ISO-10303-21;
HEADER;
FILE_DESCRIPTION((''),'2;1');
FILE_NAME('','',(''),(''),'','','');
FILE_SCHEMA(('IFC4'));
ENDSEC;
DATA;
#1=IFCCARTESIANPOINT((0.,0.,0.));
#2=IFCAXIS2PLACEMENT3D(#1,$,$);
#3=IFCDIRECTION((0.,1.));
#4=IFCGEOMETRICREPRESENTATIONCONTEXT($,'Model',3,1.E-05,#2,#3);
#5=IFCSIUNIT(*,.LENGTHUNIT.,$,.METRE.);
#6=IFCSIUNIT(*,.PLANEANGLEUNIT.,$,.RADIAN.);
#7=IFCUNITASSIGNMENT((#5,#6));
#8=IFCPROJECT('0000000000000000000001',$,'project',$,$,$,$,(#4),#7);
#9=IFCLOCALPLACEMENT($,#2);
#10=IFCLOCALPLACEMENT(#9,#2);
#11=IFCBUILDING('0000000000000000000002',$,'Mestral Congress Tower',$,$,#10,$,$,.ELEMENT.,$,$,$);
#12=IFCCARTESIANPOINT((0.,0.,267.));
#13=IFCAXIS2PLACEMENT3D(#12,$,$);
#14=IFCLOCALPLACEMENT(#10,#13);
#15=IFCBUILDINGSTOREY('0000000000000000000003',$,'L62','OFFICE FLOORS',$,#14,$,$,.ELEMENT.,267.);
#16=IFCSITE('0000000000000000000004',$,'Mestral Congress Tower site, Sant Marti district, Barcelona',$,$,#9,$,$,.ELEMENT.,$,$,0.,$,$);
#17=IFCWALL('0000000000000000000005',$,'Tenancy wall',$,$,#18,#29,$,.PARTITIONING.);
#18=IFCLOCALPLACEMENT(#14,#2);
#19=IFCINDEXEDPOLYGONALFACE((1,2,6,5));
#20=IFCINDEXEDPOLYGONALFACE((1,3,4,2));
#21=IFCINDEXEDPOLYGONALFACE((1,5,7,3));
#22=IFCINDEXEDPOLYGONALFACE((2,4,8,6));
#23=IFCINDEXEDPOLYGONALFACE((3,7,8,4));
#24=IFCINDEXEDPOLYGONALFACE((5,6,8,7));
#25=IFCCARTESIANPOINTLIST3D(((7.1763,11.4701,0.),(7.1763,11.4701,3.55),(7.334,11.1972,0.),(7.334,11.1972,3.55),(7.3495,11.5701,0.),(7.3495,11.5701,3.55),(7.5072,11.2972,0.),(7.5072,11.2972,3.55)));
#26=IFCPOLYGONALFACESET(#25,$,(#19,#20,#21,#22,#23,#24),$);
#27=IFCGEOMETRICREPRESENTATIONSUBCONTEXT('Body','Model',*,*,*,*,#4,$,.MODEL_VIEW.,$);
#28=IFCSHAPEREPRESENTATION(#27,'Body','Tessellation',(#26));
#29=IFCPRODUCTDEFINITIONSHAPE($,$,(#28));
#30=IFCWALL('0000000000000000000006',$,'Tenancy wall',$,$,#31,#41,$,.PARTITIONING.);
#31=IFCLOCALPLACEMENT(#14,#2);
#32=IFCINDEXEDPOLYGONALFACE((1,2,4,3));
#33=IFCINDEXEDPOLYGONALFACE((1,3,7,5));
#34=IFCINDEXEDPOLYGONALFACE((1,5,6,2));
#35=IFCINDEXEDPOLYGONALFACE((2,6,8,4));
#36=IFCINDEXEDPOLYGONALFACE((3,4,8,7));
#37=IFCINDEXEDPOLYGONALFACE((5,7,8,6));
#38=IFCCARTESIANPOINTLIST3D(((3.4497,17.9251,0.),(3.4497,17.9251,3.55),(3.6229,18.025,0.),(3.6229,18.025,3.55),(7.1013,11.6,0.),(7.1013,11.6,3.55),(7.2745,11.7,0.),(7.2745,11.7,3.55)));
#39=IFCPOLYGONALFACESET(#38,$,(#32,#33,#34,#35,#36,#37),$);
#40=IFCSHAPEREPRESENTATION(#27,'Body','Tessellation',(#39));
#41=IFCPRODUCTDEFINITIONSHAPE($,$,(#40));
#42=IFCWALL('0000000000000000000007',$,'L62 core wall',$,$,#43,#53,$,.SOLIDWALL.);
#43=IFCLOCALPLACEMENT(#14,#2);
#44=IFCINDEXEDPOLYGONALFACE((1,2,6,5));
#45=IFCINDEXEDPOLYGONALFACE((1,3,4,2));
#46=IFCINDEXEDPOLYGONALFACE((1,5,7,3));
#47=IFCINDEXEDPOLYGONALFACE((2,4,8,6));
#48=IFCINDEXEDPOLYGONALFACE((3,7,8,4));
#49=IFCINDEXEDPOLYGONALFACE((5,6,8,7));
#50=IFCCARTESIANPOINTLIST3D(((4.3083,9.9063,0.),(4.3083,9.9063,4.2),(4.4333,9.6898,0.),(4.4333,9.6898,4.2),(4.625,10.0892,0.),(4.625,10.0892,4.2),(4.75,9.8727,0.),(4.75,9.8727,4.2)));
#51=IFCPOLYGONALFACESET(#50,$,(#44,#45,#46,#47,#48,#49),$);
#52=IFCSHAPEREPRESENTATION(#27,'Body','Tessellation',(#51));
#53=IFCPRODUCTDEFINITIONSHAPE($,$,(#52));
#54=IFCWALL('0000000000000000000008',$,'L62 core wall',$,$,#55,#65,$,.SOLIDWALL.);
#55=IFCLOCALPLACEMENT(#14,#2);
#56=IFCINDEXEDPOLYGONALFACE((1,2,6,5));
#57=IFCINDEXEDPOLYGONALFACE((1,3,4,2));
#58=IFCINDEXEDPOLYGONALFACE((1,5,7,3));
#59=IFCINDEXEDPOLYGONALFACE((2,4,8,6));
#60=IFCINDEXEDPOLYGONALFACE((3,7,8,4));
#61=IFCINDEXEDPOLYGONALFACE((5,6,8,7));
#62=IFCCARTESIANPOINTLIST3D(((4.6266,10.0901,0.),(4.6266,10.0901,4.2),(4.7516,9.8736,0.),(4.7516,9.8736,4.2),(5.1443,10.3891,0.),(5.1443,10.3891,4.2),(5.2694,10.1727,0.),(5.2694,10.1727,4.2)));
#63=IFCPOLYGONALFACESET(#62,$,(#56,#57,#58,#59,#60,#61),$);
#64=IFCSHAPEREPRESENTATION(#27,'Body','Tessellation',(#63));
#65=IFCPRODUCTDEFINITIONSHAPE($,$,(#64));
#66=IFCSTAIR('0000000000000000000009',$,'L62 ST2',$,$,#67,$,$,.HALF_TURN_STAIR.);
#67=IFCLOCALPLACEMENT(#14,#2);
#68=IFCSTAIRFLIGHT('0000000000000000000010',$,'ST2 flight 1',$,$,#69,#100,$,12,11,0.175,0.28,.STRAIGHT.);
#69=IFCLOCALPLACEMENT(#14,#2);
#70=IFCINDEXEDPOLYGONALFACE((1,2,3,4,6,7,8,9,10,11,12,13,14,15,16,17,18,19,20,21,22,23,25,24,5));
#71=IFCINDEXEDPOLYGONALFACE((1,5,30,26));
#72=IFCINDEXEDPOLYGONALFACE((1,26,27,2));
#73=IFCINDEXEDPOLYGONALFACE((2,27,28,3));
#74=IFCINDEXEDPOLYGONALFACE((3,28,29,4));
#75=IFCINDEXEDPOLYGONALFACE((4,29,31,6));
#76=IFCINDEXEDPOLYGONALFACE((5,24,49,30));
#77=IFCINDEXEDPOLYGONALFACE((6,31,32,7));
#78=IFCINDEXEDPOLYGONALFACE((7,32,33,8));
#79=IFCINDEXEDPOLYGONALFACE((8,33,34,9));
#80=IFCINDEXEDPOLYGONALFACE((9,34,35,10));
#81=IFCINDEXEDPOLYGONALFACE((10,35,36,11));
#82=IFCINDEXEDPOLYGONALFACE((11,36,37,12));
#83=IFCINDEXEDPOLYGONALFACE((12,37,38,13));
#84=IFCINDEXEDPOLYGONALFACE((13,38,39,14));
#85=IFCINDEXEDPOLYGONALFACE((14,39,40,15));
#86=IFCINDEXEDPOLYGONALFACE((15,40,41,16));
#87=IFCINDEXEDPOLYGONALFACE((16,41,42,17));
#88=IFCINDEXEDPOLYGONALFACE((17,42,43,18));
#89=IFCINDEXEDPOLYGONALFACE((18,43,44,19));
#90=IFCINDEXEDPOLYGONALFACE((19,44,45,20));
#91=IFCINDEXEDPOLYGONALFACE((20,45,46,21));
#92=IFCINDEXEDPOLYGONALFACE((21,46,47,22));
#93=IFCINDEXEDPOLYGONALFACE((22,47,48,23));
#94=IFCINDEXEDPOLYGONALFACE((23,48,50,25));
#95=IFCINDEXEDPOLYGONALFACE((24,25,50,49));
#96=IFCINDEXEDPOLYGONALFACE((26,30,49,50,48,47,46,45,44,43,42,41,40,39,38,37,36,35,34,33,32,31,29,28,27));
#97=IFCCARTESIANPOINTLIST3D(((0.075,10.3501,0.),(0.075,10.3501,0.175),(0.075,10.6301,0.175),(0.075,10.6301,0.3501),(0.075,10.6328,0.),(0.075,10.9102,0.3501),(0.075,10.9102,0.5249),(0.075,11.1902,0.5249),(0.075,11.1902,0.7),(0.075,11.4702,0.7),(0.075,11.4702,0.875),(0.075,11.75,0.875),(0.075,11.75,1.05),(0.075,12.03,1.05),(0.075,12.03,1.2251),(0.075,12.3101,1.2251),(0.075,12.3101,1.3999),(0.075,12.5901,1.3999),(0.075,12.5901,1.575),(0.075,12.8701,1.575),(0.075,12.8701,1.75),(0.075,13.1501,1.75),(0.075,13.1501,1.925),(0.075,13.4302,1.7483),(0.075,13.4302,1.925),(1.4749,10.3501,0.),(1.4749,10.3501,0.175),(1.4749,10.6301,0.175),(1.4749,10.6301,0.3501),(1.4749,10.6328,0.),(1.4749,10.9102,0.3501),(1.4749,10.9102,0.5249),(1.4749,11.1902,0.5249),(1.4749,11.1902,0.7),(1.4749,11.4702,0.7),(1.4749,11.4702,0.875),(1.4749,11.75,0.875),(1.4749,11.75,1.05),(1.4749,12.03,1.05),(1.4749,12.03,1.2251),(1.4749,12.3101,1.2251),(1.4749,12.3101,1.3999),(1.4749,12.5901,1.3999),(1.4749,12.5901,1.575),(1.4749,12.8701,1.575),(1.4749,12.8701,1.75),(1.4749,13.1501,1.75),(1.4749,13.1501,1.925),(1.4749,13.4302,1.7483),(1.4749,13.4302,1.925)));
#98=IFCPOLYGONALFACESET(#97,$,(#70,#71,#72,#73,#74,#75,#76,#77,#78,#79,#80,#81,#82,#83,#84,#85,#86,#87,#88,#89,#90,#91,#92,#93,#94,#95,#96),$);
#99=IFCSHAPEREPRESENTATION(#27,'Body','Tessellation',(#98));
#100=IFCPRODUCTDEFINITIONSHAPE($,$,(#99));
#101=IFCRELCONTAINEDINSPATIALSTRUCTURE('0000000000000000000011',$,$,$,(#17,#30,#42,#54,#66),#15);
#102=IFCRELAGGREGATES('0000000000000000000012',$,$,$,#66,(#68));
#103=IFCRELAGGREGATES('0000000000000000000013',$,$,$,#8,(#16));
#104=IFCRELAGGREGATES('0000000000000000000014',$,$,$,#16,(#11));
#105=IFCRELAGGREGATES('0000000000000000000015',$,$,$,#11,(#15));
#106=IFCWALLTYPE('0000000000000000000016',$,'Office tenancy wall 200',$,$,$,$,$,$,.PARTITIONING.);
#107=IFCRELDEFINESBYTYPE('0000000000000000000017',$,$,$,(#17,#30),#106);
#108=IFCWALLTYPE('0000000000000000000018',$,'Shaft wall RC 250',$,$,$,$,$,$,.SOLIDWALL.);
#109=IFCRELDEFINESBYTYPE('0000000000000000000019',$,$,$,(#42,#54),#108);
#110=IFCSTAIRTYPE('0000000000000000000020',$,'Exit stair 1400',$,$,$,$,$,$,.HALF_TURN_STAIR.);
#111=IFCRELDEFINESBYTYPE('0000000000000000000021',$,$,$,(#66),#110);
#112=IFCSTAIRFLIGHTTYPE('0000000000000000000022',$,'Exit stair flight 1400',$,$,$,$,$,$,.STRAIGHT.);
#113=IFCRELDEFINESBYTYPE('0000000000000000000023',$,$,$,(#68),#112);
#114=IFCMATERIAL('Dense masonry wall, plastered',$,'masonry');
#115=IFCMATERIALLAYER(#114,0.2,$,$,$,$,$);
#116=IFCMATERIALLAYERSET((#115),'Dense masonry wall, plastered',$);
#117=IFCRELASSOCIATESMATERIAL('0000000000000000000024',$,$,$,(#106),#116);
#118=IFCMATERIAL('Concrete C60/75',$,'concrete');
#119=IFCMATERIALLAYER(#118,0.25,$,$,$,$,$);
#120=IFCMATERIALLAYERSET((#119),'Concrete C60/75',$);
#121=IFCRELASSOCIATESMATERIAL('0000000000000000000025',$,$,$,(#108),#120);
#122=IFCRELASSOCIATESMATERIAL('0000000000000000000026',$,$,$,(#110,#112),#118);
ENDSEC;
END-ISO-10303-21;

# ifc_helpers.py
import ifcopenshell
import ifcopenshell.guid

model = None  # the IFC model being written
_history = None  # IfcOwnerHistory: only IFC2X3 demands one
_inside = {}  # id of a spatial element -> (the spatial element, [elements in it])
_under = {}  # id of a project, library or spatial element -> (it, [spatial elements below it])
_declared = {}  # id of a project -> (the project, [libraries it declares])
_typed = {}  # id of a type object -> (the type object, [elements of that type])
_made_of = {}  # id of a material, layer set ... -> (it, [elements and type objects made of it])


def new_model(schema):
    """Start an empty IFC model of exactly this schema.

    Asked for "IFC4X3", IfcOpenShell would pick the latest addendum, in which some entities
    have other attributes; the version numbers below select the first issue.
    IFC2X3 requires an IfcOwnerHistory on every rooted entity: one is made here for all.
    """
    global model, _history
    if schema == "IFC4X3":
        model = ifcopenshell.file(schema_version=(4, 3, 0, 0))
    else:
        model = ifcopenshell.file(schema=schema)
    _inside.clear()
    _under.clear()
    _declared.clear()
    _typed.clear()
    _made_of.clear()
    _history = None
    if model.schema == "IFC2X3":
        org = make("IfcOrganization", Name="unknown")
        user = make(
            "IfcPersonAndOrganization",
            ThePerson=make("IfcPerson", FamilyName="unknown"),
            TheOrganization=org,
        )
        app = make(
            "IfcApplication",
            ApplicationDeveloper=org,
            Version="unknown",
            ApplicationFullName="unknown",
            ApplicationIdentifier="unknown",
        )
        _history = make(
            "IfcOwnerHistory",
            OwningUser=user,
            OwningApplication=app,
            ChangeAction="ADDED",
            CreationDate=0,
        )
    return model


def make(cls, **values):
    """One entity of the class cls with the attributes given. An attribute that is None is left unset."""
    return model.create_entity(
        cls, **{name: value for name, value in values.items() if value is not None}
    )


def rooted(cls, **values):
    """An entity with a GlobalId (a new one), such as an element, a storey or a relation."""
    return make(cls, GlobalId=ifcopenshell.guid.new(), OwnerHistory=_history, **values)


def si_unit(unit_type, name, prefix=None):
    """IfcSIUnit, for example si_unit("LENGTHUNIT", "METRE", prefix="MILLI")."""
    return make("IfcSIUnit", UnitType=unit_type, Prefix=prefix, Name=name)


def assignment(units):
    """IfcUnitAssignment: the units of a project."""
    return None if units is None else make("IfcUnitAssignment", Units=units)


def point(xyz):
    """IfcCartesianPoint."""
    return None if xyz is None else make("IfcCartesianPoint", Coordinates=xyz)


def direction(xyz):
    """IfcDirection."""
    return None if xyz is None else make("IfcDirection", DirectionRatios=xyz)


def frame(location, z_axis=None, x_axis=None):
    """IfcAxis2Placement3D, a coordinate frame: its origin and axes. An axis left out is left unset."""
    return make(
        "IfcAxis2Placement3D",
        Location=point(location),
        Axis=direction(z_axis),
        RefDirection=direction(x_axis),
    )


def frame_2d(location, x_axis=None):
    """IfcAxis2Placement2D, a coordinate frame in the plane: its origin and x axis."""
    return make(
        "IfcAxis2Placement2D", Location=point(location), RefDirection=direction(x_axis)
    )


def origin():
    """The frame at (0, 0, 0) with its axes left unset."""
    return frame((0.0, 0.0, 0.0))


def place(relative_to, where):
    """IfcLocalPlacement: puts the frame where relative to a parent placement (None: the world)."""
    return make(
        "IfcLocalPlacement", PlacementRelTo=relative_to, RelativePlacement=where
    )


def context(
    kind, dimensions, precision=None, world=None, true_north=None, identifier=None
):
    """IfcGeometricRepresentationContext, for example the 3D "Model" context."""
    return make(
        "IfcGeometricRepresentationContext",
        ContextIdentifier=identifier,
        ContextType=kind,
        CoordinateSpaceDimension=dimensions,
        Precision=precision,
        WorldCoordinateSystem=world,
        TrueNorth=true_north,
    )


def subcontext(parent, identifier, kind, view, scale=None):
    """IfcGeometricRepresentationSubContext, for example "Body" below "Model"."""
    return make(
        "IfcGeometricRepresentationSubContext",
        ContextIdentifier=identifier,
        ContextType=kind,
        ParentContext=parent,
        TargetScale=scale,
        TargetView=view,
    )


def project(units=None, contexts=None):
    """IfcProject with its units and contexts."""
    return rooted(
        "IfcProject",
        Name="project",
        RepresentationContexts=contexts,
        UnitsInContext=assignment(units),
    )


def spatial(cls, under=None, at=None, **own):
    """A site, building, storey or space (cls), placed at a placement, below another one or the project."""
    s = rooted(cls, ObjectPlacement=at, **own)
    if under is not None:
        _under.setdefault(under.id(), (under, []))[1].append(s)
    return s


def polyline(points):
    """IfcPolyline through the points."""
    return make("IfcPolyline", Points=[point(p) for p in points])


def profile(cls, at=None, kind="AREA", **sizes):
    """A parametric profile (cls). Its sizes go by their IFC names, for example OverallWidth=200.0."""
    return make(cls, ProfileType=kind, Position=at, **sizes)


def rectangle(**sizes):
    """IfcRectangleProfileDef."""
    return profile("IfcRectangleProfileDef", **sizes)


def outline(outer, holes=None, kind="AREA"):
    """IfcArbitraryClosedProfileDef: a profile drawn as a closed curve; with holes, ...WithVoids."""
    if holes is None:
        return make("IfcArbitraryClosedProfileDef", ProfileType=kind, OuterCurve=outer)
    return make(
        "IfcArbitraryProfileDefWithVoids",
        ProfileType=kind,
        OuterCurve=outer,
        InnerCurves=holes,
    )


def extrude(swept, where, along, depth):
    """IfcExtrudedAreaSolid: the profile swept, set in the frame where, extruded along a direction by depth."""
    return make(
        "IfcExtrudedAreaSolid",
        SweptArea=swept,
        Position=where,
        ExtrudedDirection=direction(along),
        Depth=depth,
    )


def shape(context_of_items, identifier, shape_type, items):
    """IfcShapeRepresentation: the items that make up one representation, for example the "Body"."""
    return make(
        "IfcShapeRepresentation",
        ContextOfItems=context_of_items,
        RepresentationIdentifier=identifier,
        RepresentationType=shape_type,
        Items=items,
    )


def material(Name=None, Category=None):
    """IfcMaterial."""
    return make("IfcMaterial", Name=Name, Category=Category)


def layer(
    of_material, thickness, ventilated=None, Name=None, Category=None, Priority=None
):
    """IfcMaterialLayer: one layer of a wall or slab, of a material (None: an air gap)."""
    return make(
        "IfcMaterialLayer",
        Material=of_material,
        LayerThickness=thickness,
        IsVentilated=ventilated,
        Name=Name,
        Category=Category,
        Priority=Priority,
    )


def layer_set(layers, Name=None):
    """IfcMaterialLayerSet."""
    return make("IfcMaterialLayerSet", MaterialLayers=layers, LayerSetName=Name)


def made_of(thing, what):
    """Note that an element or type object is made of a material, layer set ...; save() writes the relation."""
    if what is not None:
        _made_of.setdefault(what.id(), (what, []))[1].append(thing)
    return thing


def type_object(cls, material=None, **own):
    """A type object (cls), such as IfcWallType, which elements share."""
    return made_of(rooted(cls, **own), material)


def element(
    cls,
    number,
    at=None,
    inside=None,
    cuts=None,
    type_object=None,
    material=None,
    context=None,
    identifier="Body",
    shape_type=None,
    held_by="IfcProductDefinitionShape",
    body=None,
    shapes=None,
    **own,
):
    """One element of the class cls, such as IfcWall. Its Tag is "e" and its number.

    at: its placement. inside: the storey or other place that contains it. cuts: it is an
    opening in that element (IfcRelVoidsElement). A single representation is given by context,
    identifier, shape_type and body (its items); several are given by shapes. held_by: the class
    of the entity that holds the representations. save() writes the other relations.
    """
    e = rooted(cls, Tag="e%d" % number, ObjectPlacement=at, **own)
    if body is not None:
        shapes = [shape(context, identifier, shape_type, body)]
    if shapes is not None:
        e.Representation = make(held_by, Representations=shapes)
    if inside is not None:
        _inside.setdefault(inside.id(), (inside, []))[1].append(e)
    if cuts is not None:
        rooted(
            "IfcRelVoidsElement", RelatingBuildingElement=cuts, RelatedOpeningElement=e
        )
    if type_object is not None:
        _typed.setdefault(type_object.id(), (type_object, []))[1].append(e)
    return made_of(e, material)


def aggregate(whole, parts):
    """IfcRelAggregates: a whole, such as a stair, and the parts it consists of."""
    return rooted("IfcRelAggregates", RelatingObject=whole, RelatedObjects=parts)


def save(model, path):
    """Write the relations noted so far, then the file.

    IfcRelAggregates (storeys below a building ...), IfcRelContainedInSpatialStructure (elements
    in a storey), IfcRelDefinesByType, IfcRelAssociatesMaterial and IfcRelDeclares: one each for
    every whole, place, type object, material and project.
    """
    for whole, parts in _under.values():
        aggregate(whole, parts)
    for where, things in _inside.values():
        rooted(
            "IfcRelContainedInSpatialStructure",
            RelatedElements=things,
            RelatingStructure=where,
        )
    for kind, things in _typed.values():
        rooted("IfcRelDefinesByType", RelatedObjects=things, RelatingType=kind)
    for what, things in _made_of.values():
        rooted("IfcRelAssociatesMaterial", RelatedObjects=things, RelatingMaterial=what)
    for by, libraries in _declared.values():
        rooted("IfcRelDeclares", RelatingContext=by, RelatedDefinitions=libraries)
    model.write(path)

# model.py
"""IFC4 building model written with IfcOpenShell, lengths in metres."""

from ifc_helpers import new_model, si_unit, direction, frame, frame_2d, origin, place, context, subcontext, project, spatial, polyline, rectangle, outline, extrude, material, layer, layer_set, type_object, element, aggregate, save


model = new_model("IFC4")

# Units and contexts
model_context = context("Model", 3, precision=1e-05, world=origin(), true_north=direction((0.0, 1.0)))
body_context = subcontext(model_context, "Body", "Model", "MODEL_VIEW")
ifc_project = project(units=[si_unit("LENGTHUNIT", "METRE"), si_unit("PLANEANGLEUNIT", "RADIAN")], contexts=[model_context])

# Site, building, storey
site_placement = place(None, origin())
site = spatial("IfcSite", under=ifc_project, at=site_placement, Name="Mestral Congress Tower site, Sant Marti district, Barcelona", CompositionType="ELEMENT", RefElevation=0.0)
building_placement = place(site_placement, origin())
building = spatial("IfcBuilding", under=site, at=building_placement, Name="Mestral Congress Tower", CompositionType="ELEMENT")
storey_placement = place(building_placement, frame((0.0, 0.0, 267.0)))
storey = spatial("IfcBuildingStorey", under=building, at=storey_placement, Name="L62", Description="OFFICE FLOORS", CompositionType="ELEMENT", Elevation=267.0)

# Shared definitions
ifc_material_1 = material(Name="Concrete C60/75", Category="concrete")

# Walls
ifc_material_2 = material(Name="Dense masonry wall, plastered", Category="masonry")
ifc_layer_1 = layer(ifc_material_2, 0.2)
ifc_layer_set_1 = layer_set([ifc_layer_1], Name="Dense masonry wall, plastered")
wall_type_1 = type_object("IfcWallType", Name="Office tenancy wall 200", PredefinedType="PARTITIONING", material=ifc_layer_set_1)
wall_1_placement = place(storey_placement, frame((7.4207, 11.2471, 0.0), z_axis=(0.0, 0.0, 1.0), x_axis=(-0.500303, 0.86585, 0.0)))
element("IfcWall", 1, at=wall_1_placement, inside=storey, type_object=wall_type_1, Name="Tenancy wall", PredefinedType="PARTITIONING", context=body_context, shape_type="SweptSolid", body=[
    extrude(rectangle(XDim=0.3152, YDim=0.2, at=frame_2d((0.1577, 0.0))), origin(), (0.0, 0.0, 1.0), 3.55),
])
wall_2_placement = place(storey_placement, frame((7.188, 11.6499, 0.0), z_axis=(0.0, 0.0, 1.0), x_axis=(-0.49999, 0.866031, 0.0)))
element("IfcWall", 2, at=wall_2_placement, inside=storey, type_object=wall_type_1, Name="Tenancy wall", PredefinedType="PARTITIONING", context=body_context, shape_type="SweptSolid", body=[
    extrude(rectangle(XDim=7.3035, YDim=0.2, at=frame_2d((3.6519, 0.0))), origin(), (0.0, 0.0, 1.0), 3.55),
])
ifc_layer_2 = layer(ifc_material_1, 0.25)
ifc_layer_set_2 = layer_set([ifc_layer_2], Name="Concrete C60/75")
wall_type_2 = type_object("IfcWallType", Name="Shaft wall RC 250", PredefinedType="SOLIDWALL", material=ifc_layer_set_2)
wall_3_placement = place(storey_placement, frame((4.6875, 9.981, 0.0), z_axis=(0.0, 0.0, 1.0), x_axis=(-0.865974, -0.500088, 0.0)))
element("IfcWall", 3, at=wall_3_placement, inside=storey, type_object=wall_type_2, Name="L62 core wall", PredefinedType="SOLIDWALL", context=body_context, shape_type="SweptSolid", body=[
    extrude(rectangle(XDim=0.3657, YDim=0.25, at=frame_2d((0.1829, 0.0))), origin(), (0.0, 0.0, 1.0), 4.2),
])
wall_4_placement = place(storey_placement, frame((4.6892, 9.9819, 0.0), z_axis=(0.0, 0.0, 1.0), x_axis=(0.865948, 0.500135, 0.0)))
element("IfcWall", 4, at=wall_4_placement, inside=storey, type_object=wall_type_2, Name="L62 core wall", PredefinedType="SOLIDWALL", context=body_context, shape_type="SweptSolid", body=[
    extrude(rectangle(XDim=0.5979, YDim=0.25, at=frame_2d((0.2988, 0.0))), origin(), (0.0, 0.0, 1.0), 4.2),
])

# Stair, stair flight
stair_type = type_object("IfcStairType", Name="Exit stair 1400", PredefinedType="HALF_TURN_STAIR", material=ifc_material_1)
stair_placement = place(storey_placement, origin())
stair = element("IfcStair", 5, at=stair_placement, inside=storey, type_object=stair_type, Name="L62 ST2", PredefinedType="HALF_TURN_STAIR")
stair_flight_type = type_object("IfcStairFlightType", Name="Exit stair flight 1400", PredefinedType="STRAIGHT", material=ifc_material_1)
stair_flight_placement = place(storey_placement, frame((0.7749, 10.3501, 0.0), z_axis=(0.0, 0.0, 1.0), x_axis=(0.0, 1.0, 0.0)))
stair_flight = element("IfcStairFlight", 6, at=stair_flight_placement, type_object=stair_flight_type, Name="ST2 flight 1", NumberOfRisers=12, NumberOfTreads=11, PredefinedType="STRAIGHT", RiserHeight=0.175, TreadLength=0.28, context=body_context, shape_type="SweptSolid", body=[
    extrude(outline(polyline([(0.0, 0.0), (0.0, 0.175), (0.28, 0.175), (0.28, 0.3501), (0.5601, 0.3501), (0.5601, 0.5249), (0.8401, 0.5249), (0.8401, 0.7), (1.1201, 0.7), (1.1201, 0.875), (1.3999, 0.875), (1.3999, 1.05), (1.6799, 1.05), (1.6799, 1.2251), (1.96, 1.2251), (1.96, 1.3999), (2.24, 1.3999), (2.24, 1.575), (2.52, 1.575), (2.52, 1.75), (2.8, 1.75), (2.8, 1.925), (3.0801, 1.925), (3.0801, 2.1001), (3.0801, 1.7483), (0.2827, 0.0), (0.0, 0.0)])), frame((0.0, 0.7, 0.0), z_axis=(0.0, -1.0, 0.0), x_axis=(1.0, 0.0, 0.0)), (0.0, 0.0, 1.0), 1.3999),
])
aggregate(stair, [stair_flight])

save(model, "model.ifc")
